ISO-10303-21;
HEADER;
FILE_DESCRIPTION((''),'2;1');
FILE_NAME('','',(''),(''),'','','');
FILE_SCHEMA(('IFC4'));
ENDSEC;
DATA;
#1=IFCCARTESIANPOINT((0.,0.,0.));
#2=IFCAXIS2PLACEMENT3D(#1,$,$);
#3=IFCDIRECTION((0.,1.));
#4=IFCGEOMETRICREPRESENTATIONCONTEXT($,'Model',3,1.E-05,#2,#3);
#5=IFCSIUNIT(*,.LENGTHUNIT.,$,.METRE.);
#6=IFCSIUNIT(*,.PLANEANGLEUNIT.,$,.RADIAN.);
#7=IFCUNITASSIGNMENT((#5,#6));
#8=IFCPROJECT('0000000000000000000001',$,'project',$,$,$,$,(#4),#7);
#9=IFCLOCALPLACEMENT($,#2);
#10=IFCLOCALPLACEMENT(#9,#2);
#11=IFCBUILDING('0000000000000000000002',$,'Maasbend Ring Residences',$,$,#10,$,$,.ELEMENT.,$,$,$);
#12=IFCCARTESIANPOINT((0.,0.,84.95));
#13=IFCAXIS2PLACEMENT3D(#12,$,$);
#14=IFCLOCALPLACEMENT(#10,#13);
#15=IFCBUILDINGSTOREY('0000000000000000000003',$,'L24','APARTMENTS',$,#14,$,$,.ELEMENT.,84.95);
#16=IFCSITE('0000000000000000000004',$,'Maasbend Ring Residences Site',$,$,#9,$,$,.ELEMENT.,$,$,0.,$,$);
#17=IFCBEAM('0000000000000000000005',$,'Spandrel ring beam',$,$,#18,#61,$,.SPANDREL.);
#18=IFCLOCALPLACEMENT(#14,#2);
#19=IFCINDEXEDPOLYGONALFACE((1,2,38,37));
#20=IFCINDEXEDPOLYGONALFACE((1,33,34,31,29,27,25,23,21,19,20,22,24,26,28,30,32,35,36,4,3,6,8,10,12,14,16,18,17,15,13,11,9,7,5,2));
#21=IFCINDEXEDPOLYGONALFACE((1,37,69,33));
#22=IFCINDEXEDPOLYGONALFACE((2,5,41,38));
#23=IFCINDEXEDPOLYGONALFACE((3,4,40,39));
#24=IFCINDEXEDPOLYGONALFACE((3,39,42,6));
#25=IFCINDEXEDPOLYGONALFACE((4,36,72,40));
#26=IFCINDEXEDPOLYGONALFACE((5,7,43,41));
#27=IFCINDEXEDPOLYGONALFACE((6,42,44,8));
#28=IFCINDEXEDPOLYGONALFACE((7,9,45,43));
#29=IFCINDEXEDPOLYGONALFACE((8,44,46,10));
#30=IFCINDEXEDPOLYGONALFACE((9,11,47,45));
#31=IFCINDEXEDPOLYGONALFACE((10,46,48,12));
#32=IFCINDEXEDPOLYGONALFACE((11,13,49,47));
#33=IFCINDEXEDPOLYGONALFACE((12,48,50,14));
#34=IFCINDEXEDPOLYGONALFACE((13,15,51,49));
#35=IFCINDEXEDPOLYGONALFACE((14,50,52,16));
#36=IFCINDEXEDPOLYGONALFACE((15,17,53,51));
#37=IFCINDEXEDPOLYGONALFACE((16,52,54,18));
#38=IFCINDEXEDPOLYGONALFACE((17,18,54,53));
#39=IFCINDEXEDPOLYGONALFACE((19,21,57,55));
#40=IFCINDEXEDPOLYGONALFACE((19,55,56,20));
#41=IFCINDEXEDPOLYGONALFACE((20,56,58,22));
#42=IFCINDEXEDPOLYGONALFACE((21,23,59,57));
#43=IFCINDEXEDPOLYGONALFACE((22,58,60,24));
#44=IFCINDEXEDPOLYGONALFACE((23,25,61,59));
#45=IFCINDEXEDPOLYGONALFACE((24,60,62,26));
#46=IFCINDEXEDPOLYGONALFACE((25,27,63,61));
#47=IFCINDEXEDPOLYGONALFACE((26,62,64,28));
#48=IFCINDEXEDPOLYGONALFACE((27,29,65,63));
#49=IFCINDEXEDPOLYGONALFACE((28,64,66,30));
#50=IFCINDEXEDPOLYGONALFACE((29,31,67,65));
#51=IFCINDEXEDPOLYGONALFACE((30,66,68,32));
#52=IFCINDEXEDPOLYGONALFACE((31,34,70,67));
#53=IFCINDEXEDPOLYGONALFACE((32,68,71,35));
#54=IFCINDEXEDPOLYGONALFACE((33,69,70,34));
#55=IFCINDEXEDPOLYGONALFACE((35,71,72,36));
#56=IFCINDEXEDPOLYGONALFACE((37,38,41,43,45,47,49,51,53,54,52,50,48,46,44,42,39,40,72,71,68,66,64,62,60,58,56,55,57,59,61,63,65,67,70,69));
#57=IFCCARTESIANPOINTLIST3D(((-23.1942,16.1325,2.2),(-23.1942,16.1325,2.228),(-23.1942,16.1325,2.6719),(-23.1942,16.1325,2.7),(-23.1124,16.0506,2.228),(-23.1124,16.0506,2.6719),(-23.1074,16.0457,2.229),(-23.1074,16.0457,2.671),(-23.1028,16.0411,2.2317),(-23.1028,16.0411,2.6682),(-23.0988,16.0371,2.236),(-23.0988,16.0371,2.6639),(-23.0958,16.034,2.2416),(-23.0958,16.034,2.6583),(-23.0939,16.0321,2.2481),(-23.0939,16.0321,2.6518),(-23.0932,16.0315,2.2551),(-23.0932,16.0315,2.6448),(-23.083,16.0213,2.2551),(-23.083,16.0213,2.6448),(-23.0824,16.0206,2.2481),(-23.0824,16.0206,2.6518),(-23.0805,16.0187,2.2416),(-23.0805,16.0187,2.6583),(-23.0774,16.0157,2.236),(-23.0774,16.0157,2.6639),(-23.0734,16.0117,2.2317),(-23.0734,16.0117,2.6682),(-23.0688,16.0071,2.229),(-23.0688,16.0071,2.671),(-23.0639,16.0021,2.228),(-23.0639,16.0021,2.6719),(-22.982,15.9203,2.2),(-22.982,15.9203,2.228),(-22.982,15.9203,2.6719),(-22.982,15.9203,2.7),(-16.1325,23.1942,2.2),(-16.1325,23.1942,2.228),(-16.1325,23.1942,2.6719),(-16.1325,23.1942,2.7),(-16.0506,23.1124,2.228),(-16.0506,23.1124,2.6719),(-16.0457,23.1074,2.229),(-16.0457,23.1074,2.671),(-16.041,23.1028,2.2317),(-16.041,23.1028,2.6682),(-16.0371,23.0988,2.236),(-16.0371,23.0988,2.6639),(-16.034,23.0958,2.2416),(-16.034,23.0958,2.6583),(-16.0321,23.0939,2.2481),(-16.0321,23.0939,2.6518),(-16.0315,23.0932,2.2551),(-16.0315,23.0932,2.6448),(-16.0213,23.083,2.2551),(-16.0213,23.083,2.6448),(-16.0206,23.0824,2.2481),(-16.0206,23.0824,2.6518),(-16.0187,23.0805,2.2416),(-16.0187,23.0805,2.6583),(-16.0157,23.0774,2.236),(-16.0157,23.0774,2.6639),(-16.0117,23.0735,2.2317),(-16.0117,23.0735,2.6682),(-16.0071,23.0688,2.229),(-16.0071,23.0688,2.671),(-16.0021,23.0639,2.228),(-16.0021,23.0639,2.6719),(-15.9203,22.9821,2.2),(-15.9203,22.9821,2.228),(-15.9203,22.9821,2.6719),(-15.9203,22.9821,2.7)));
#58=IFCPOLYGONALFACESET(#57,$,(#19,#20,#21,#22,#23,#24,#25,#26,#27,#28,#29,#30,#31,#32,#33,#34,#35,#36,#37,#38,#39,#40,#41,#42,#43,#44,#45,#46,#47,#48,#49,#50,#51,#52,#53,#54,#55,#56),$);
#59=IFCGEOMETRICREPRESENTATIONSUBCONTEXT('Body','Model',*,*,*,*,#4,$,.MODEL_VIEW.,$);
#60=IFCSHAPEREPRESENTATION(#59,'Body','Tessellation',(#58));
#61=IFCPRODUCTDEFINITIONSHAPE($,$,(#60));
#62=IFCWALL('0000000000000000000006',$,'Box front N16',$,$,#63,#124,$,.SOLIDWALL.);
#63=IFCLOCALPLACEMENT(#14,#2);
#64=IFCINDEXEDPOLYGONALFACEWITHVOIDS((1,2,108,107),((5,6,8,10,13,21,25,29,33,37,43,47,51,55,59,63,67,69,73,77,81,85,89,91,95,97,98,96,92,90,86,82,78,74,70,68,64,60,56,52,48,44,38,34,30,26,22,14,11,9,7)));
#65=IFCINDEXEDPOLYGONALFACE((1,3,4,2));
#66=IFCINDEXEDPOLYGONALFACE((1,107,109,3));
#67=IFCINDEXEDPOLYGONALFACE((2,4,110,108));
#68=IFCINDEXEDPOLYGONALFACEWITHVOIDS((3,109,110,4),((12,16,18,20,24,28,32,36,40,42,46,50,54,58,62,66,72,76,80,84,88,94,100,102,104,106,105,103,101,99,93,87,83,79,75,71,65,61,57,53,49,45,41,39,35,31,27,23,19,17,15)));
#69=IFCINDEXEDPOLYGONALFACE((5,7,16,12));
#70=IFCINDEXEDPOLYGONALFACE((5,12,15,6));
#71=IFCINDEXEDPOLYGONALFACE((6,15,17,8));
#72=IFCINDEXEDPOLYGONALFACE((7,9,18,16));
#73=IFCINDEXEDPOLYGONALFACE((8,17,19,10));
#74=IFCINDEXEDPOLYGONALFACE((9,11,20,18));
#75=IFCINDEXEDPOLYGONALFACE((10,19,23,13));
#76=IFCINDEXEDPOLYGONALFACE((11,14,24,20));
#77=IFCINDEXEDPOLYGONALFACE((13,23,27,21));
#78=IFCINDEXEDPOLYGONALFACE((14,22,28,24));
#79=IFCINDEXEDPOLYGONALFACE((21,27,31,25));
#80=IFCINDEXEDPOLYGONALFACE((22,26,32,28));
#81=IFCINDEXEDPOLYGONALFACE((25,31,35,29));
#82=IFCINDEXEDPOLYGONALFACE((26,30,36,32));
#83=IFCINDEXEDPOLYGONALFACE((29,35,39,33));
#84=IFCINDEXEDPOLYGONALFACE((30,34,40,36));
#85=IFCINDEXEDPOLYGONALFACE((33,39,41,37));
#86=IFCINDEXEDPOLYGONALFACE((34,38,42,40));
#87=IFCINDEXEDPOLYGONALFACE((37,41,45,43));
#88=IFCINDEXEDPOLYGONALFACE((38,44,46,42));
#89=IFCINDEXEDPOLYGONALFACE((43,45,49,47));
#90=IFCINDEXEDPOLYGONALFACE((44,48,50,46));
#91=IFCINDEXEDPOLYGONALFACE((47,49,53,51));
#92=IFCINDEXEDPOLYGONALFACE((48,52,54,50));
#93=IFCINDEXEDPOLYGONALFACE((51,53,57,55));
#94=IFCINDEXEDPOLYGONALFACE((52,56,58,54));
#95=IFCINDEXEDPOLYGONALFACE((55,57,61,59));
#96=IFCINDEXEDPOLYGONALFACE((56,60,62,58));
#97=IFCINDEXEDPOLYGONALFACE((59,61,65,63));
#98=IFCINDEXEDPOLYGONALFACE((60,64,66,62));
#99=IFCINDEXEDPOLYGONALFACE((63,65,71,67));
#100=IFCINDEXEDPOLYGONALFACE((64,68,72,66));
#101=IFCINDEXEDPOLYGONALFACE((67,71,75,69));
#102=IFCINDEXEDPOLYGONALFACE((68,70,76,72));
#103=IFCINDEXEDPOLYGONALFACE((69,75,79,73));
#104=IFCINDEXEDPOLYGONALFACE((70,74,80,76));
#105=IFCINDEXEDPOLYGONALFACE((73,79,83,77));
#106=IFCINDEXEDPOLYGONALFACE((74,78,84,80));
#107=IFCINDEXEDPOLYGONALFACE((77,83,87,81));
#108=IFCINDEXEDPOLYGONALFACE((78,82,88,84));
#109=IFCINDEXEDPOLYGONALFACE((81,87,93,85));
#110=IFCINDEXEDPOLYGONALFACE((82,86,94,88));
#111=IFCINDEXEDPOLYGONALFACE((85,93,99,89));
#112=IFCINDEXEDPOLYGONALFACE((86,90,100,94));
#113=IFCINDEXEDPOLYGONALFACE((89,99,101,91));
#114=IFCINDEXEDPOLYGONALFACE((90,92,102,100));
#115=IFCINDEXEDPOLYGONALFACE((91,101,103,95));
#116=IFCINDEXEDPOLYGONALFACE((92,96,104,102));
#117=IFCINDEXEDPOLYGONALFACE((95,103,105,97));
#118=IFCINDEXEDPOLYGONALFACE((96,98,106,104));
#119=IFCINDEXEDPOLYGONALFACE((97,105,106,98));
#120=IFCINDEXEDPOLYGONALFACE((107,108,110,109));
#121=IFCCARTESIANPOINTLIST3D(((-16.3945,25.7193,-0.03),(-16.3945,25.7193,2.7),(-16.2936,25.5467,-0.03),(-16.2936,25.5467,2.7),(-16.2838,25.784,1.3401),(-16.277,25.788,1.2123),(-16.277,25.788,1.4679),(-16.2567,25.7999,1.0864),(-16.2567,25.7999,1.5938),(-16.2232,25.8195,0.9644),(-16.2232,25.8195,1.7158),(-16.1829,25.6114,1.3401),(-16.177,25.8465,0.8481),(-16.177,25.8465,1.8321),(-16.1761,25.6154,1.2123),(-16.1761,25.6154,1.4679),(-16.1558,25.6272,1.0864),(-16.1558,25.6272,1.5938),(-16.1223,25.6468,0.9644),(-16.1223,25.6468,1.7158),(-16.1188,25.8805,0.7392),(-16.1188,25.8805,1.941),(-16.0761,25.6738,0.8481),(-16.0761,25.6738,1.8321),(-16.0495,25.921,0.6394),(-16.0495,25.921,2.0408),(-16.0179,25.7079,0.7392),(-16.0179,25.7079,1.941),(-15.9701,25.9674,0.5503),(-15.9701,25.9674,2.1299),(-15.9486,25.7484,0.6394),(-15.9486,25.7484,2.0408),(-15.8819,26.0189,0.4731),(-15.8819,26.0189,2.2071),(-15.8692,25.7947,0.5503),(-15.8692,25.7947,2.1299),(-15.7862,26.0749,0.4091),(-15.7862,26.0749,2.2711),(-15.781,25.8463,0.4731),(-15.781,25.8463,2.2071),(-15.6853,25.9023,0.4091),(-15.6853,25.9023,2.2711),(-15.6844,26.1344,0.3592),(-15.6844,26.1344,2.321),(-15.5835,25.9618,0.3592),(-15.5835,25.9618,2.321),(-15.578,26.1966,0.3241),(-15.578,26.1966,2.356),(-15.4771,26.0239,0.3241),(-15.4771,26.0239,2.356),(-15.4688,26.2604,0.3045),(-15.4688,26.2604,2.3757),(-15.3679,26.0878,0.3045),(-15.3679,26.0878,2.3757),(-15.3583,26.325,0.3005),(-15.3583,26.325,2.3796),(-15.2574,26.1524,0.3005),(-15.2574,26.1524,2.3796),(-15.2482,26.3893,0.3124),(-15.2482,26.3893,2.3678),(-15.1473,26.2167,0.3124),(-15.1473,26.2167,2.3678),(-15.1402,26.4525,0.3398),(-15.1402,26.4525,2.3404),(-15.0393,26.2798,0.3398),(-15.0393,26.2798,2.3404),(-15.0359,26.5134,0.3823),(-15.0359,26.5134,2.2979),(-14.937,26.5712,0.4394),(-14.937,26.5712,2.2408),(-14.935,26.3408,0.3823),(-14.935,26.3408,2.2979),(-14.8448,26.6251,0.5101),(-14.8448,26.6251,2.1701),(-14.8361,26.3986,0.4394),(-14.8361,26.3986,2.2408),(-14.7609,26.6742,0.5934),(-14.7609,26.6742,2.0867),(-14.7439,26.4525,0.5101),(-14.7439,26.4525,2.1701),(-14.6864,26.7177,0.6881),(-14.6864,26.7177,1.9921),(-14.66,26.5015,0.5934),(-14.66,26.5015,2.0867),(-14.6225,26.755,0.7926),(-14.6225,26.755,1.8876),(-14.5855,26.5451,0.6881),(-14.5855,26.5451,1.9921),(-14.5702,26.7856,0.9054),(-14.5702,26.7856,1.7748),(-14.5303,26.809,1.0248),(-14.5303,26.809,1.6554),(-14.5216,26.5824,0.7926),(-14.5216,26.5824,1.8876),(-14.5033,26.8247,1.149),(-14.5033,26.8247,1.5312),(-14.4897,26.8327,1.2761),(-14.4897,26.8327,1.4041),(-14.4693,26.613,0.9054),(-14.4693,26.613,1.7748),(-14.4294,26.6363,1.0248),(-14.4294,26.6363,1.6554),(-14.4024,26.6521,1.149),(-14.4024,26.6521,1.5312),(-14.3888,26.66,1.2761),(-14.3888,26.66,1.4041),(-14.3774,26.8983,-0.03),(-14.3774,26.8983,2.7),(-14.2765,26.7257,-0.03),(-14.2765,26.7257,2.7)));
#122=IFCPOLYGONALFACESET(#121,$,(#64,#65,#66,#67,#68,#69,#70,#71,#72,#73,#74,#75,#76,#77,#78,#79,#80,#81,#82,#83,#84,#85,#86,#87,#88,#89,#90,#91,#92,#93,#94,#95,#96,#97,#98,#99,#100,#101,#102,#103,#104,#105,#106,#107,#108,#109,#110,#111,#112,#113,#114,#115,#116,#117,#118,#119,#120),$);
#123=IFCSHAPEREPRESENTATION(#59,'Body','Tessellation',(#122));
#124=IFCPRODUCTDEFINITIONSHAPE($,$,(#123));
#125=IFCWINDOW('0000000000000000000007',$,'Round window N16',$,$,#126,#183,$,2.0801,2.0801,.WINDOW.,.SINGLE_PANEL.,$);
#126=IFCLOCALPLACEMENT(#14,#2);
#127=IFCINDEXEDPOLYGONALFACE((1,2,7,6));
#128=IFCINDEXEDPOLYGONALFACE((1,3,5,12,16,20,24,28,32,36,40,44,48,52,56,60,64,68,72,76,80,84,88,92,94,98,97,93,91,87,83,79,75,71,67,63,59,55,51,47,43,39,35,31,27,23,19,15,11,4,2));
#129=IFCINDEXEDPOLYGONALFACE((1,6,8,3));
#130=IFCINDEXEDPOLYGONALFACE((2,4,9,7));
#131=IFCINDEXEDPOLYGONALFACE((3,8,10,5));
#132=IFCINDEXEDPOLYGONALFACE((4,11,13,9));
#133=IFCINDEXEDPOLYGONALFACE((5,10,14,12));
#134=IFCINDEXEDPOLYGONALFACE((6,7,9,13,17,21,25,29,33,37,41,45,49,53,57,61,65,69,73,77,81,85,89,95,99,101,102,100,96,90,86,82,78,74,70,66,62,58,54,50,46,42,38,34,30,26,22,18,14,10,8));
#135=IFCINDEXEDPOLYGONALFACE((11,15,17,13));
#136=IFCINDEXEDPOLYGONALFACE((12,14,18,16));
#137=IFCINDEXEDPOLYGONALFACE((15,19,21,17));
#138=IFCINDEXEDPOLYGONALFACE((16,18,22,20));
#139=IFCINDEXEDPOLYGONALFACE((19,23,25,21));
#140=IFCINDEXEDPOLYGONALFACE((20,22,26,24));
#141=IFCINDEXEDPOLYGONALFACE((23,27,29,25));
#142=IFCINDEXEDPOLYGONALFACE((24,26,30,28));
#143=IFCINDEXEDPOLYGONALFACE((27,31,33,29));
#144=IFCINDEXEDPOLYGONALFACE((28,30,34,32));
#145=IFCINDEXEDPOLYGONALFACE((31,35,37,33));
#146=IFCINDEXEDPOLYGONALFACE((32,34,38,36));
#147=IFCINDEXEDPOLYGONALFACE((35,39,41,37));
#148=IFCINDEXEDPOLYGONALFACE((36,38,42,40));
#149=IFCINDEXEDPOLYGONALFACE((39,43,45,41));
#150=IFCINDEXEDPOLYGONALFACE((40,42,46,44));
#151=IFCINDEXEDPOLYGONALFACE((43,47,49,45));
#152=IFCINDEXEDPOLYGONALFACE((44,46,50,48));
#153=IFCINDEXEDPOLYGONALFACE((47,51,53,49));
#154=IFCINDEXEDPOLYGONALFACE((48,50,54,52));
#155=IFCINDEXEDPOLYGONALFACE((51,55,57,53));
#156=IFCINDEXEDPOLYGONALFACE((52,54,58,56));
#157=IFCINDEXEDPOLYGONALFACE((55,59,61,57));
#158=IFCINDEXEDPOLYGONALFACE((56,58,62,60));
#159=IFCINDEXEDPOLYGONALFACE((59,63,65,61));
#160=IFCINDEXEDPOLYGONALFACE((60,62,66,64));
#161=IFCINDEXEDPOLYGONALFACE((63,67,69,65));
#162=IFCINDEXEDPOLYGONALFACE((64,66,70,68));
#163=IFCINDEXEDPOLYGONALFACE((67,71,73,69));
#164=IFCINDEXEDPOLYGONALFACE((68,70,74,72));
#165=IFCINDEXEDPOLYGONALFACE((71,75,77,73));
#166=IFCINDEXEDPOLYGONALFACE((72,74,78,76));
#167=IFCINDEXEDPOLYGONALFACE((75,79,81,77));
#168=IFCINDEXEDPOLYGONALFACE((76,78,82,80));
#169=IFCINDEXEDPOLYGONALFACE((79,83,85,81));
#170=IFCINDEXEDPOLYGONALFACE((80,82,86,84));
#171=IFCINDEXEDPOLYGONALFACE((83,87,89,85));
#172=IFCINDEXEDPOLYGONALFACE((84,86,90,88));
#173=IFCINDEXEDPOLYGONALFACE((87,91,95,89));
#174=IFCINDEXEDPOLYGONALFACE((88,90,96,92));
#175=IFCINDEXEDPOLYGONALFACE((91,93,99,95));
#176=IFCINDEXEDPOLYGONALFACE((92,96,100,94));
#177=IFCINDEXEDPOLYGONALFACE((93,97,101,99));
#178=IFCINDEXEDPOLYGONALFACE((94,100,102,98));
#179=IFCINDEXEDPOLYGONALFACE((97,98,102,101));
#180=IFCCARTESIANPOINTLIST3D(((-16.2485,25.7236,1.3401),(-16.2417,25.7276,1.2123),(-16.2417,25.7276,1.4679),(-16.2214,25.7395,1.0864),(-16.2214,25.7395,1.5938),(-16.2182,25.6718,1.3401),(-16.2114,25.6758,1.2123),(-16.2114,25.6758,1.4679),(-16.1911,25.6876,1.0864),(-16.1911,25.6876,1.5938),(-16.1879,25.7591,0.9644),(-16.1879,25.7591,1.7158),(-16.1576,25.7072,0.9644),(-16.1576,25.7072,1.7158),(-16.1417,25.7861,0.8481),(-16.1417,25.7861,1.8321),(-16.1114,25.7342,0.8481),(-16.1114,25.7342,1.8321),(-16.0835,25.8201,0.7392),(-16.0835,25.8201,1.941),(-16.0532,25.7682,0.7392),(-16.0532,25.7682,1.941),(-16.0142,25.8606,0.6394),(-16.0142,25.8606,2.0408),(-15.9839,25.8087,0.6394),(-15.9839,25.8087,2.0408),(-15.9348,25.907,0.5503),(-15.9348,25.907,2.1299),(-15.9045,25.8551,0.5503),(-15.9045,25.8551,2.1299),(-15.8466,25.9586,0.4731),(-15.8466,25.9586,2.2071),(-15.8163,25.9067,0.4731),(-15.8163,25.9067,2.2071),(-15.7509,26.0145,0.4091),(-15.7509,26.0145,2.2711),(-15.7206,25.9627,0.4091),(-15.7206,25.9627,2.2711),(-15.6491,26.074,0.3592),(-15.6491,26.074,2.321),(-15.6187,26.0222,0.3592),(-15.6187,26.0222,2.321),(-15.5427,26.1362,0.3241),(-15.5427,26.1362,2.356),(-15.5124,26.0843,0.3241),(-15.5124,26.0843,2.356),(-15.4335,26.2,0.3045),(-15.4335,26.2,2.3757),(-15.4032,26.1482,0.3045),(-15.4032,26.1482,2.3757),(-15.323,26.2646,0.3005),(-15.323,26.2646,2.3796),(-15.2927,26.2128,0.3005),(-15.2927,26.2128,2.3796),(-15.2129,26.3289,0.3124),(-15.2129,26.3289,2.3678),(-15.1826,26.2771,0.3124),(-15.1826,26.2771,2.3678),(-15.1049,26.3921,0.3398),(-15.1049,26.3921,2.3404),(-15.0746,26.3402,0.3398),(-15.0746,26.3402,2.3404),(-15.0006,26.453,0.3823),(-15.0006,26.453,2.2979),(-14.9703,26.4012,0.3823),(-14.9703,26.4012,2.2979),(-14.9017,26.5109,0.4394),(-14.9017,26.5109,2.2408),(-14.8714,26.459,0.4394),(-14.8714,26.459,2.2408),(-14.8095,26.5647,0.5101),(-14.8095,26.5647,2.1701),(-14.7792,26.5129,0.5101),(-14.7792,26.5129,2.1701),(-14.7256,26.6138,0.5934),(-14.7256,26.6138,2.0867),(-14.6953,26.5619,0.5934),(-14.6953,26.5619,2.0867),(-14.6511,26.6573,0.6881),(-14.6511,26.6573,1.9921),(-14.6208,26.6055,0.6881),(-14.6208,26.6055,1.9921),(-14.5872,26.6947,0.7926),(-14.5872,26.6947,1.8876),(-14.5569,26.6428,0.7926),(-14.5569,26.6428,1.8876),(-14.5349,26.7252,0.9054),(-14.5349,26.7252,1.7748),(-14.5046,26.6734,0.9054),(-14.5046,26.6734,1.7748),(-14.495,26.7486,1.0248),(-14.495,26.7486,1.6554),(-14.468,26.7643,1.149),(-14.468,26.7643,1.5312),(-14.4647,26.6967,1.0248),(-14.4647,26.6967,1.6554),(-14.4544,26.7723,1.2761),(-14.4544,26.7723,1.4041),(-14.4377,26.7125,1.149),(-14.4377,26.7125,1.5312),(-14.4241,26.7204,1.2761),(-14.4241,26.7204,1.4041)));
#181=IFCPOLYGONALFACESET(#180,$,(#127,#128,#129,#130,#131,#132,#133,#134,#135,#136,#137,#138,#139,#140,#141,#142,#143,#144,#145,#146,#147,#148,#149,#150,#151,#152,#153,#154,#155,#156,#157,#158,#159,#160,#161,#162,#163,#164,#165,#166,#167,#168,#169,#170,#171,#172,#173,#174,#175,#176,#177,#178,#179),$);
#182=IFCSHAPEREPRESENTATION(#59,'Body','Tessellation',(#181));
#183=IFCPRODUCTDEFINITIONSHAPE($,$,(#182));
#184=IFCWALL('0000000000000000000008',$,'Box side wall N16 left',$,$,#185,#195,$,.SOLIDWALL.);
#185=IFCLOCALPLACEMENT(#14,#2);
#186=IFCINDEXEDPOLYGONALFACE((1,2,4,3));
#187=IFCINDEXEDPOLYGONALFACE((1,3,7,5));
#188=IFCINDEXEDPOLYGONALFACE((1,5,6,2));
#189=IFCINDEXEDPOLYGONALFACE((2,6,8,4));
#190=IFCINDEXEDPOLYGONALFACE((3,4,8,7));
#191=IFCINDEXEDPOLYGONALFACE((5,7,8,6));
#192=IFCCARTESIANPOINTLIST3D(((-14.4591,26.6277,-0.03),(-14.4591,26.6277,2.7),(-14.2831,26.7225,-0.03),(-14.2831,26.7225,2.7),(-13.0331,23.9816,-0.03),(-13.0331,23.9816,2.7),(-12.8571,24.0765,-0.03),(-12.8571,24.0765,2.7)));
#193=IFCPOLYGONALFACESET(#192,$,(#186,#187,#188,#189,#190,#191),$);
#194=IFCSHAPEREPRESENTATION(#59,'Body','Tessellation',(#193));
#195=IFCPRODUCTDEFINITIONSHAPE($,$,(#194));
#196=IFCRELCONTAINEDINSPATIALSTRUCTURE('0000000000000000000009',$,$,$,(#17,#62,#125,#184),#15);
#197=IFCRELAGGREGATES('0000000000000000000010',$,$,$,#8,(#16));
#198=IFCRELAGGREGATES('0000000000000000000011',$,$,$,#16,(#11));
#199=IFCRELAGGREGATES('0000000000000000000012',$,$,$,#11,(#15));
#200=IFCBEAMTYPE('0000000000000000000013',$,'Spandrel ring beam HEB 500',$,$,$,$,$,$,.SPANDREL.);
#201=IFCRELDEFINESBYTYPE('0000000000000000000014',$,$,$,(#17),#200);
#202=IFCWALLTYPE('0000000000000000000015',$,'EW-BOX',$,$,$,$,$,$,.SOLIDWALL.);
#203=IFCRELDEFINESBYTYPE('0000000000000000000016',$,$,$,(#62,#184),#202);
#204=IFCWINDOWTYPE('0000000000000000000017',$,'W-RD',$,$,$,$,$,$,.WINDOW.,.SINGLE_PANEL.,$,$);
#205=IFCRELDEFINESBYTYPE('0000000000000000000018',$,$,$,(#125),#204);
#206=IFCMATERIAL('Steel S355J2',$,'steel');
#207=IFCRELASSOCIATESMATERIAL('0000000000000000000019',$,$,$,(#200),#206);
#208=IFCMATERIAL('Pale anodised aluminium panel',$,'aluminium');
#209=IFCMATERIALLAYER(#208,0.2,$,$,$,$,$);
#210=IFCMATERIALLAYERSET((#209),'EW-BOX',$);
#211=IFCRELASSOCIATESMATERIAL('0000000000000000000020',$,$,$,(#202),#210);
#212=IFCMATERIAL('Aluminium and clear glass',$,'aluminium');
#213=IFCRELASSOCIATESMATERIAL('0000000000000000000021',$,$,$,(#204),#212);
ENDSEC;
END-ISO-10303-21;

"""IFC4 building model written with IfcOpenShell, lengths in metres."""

from ifc_helpers import new_model, si_unit, direction, frame, frame_2d, origin, origin_2d, place, context, subcontext, project, spatial, rectangle, circle, i_section, extrude, material, layer, layer_set, material_profile, profile_set, type_object, element, fill, save


model = new_model("IFC4")

# Units and contexts
model_context = context("Model", 3, precision=1e-05, world=origin(), true_north=direction((0.0, 1.0)))
body_context = subcontext(model_context, "Body", "Model", "MODEL_VIEW")
ifc_project = project(units=[si_unit("LENGTHUNIT", "METRE"), si_unit("PLANEANGLEUNIT", "RADIAN")], contexts=[model_context])

# Site, building, storey
site_placement = place(None, origin())
site = spatial("IfcSite", under=ifc_project, at=site_placement, Name="Maasbend Ring Residences Site", CompositionType="ELEMENT", RefElevation=0.0)
building_placement = place(site_placement, origin())
building = spatial("IfcBuilding", under=site, at=building_placement, Name="Maasbend Ring Residences", CompositionType="ELEMENT")
storey_placement = place(building_placement, frame((0.0, 0.0, 84.95)))
storey = spatial("IfcBuildingStorey", under=building, at=storey_placement, Name="L24", Description="APARTMENTS", CompositionType="ELEMENT", Elevation=84.95)

# Beam
ifc_material_1 = material(Name="Steel S355J2", Category="steel")
ifc_material_profile_1 = material_profile(ifc_material_1, i_section(OverallWidth=0.3, OverallDepth=0.5, WebThickness=0.0144, FlangeThickness=0.0281, FilletRadius=0.0271, at=origin_2d()), Name="HEB 500")
ifc_profile_set_1 = profile_set([ifc_material_profile_1], Name="Steel S355J2")
beam_type_1 = type_object("IfcBeamType", Name="Spandrel ring beam HEB 500", PredefinedType="SPANDREL", material=ifc_profile_set_1)
beam_1_placement = place(storey_placement, frame((-16.0264, 23.0881, 2.45), z_axis=(-0.707107, -0.707107, 0.0), x_axis=(0.707107, -0.707107, 0.0)))
element("IfcBeam", 1, at=beam_1_placement, inside=storey, type_object=beam_type_1, Name="Spandrel ring beam", PredefinedType="SPANDREL", context=body_context, shape_type="SweptSolid", body=[
    extrude(i_section(OverallWidth=0.3, OverallDepth=0.5, WebThickness=0.0144, FlangeThickness=0.0281, FilletRadius=0.0271, at=origin_2d()), origin(), (0.0, 0.0, 1.0), 9.9868),
])

# Wall, opening, window
ifc_material_2 = material(Name="Pale anodised aluminium panel", Category="aluminium")
ifc_layer_1 = layer(ifc_material_2, 0.2)
ifc_layer_set_1 = layer_set([ifc_layer_1], Name="EW-BOX")
wall_type_1 = type_object("IfcWallType", Name="EW-BOX", PredefinedType="SOLIDWALL", material=ifc_layer_set_1)
wall_1_placement = place(storey_placement, frame((-14.3269, 26.812, -0.03), z_axis=(0.0, 0.0, 1.0), x_axis=(-0.863347, -0.504612, 0.0)))
wall_1 = element("IfcWall", 2, at=wall_1_placement, inside=storey, type_object=wall_type_1, Name="Box front N16", PredefinedType="SOLIDWALL", context=body_context, shape_type="SweptSolid", body=[
    extrude(rectangle(XDim=2.3364, YDim=0.2, at=frame_2d((1.1682, 0.0))), origin(), (0.0, 0.0, 1.0), 2.73),
])
opening_1_placement = place(wall_1_placement, frame((0.1282, 0.0, 0.3301)))
opening_1 = element("IfcOpeningElement", 3, at=opening_1_placement, cuts=wall_1, PredefinedType="OPENING", context=body_context, shape_type="SweptSolid", body=[
    extrude(circle(Radius=1.04, at=frame_2d((1.04, 1.04))), frame((0.0, 0.1099, 0.0), z_axis=(0.0, -1.0, 0.0), x_axis=(1.0, 0.0, 0.0)), (0.0, 0.0, 1.0), 0.22),
])
ifc_material_3 = material(Name="Aluminium and clear glass", Category="aluminium")
window_type_1 = type_object("IfcWindowType", Name="W-RD", PartitioningType="SINGLE_PANEL", PredefinedType="WINDOW", material=ifc_material_3)
window_1_placement = place(opening_1_placement, origin())
window_1 = element("IfcWindow", 4, at=window_1_placement, inside=storey, type_object=window_type_1, Name="Round window N16", OverallHeight=2.0801, OverallWidth=2.0801, PartitioningType="SINGLE_PANEL", PredefinedType="WINDOW", context=body_context, shape_type="SweptSolid", body=[
    extrude(circle(Radius=1.04, at=frame_2d((1.04, 1.04))), frame((0.0, 0.03, 0.0), z_axis=(0.0, -1.0, 0.0), x_axis=(1.0, 0.0, 0.0)), (0.0, 0.0, 1.0), 0.0601),
])
fill(opening_1, window_1)

# Wall
wall_2_placement = place(storey_placement, frame((-12.9451, 24.0291, -0.03), z_axis=(0.0, 0.0, 1.0), x_axis=(-0.474424, 0.880296, 0.0)))
element("IfcWall", 5, at=wall_2_placement, inside=storey, type_object=wall_type_1, Name="Box side wall N16 left", PredefinedType="SOLIDWALL", context=body_context, shape_type="SweptSolid", body=[
    extrude(rectangle(XDim=3.0059, YDim=0.2, at=frame_2d((1.5029, 0.0))), origin(), (0.0, 0.0, 1.0), 2.73),
])

save(model, "model.ifc")
